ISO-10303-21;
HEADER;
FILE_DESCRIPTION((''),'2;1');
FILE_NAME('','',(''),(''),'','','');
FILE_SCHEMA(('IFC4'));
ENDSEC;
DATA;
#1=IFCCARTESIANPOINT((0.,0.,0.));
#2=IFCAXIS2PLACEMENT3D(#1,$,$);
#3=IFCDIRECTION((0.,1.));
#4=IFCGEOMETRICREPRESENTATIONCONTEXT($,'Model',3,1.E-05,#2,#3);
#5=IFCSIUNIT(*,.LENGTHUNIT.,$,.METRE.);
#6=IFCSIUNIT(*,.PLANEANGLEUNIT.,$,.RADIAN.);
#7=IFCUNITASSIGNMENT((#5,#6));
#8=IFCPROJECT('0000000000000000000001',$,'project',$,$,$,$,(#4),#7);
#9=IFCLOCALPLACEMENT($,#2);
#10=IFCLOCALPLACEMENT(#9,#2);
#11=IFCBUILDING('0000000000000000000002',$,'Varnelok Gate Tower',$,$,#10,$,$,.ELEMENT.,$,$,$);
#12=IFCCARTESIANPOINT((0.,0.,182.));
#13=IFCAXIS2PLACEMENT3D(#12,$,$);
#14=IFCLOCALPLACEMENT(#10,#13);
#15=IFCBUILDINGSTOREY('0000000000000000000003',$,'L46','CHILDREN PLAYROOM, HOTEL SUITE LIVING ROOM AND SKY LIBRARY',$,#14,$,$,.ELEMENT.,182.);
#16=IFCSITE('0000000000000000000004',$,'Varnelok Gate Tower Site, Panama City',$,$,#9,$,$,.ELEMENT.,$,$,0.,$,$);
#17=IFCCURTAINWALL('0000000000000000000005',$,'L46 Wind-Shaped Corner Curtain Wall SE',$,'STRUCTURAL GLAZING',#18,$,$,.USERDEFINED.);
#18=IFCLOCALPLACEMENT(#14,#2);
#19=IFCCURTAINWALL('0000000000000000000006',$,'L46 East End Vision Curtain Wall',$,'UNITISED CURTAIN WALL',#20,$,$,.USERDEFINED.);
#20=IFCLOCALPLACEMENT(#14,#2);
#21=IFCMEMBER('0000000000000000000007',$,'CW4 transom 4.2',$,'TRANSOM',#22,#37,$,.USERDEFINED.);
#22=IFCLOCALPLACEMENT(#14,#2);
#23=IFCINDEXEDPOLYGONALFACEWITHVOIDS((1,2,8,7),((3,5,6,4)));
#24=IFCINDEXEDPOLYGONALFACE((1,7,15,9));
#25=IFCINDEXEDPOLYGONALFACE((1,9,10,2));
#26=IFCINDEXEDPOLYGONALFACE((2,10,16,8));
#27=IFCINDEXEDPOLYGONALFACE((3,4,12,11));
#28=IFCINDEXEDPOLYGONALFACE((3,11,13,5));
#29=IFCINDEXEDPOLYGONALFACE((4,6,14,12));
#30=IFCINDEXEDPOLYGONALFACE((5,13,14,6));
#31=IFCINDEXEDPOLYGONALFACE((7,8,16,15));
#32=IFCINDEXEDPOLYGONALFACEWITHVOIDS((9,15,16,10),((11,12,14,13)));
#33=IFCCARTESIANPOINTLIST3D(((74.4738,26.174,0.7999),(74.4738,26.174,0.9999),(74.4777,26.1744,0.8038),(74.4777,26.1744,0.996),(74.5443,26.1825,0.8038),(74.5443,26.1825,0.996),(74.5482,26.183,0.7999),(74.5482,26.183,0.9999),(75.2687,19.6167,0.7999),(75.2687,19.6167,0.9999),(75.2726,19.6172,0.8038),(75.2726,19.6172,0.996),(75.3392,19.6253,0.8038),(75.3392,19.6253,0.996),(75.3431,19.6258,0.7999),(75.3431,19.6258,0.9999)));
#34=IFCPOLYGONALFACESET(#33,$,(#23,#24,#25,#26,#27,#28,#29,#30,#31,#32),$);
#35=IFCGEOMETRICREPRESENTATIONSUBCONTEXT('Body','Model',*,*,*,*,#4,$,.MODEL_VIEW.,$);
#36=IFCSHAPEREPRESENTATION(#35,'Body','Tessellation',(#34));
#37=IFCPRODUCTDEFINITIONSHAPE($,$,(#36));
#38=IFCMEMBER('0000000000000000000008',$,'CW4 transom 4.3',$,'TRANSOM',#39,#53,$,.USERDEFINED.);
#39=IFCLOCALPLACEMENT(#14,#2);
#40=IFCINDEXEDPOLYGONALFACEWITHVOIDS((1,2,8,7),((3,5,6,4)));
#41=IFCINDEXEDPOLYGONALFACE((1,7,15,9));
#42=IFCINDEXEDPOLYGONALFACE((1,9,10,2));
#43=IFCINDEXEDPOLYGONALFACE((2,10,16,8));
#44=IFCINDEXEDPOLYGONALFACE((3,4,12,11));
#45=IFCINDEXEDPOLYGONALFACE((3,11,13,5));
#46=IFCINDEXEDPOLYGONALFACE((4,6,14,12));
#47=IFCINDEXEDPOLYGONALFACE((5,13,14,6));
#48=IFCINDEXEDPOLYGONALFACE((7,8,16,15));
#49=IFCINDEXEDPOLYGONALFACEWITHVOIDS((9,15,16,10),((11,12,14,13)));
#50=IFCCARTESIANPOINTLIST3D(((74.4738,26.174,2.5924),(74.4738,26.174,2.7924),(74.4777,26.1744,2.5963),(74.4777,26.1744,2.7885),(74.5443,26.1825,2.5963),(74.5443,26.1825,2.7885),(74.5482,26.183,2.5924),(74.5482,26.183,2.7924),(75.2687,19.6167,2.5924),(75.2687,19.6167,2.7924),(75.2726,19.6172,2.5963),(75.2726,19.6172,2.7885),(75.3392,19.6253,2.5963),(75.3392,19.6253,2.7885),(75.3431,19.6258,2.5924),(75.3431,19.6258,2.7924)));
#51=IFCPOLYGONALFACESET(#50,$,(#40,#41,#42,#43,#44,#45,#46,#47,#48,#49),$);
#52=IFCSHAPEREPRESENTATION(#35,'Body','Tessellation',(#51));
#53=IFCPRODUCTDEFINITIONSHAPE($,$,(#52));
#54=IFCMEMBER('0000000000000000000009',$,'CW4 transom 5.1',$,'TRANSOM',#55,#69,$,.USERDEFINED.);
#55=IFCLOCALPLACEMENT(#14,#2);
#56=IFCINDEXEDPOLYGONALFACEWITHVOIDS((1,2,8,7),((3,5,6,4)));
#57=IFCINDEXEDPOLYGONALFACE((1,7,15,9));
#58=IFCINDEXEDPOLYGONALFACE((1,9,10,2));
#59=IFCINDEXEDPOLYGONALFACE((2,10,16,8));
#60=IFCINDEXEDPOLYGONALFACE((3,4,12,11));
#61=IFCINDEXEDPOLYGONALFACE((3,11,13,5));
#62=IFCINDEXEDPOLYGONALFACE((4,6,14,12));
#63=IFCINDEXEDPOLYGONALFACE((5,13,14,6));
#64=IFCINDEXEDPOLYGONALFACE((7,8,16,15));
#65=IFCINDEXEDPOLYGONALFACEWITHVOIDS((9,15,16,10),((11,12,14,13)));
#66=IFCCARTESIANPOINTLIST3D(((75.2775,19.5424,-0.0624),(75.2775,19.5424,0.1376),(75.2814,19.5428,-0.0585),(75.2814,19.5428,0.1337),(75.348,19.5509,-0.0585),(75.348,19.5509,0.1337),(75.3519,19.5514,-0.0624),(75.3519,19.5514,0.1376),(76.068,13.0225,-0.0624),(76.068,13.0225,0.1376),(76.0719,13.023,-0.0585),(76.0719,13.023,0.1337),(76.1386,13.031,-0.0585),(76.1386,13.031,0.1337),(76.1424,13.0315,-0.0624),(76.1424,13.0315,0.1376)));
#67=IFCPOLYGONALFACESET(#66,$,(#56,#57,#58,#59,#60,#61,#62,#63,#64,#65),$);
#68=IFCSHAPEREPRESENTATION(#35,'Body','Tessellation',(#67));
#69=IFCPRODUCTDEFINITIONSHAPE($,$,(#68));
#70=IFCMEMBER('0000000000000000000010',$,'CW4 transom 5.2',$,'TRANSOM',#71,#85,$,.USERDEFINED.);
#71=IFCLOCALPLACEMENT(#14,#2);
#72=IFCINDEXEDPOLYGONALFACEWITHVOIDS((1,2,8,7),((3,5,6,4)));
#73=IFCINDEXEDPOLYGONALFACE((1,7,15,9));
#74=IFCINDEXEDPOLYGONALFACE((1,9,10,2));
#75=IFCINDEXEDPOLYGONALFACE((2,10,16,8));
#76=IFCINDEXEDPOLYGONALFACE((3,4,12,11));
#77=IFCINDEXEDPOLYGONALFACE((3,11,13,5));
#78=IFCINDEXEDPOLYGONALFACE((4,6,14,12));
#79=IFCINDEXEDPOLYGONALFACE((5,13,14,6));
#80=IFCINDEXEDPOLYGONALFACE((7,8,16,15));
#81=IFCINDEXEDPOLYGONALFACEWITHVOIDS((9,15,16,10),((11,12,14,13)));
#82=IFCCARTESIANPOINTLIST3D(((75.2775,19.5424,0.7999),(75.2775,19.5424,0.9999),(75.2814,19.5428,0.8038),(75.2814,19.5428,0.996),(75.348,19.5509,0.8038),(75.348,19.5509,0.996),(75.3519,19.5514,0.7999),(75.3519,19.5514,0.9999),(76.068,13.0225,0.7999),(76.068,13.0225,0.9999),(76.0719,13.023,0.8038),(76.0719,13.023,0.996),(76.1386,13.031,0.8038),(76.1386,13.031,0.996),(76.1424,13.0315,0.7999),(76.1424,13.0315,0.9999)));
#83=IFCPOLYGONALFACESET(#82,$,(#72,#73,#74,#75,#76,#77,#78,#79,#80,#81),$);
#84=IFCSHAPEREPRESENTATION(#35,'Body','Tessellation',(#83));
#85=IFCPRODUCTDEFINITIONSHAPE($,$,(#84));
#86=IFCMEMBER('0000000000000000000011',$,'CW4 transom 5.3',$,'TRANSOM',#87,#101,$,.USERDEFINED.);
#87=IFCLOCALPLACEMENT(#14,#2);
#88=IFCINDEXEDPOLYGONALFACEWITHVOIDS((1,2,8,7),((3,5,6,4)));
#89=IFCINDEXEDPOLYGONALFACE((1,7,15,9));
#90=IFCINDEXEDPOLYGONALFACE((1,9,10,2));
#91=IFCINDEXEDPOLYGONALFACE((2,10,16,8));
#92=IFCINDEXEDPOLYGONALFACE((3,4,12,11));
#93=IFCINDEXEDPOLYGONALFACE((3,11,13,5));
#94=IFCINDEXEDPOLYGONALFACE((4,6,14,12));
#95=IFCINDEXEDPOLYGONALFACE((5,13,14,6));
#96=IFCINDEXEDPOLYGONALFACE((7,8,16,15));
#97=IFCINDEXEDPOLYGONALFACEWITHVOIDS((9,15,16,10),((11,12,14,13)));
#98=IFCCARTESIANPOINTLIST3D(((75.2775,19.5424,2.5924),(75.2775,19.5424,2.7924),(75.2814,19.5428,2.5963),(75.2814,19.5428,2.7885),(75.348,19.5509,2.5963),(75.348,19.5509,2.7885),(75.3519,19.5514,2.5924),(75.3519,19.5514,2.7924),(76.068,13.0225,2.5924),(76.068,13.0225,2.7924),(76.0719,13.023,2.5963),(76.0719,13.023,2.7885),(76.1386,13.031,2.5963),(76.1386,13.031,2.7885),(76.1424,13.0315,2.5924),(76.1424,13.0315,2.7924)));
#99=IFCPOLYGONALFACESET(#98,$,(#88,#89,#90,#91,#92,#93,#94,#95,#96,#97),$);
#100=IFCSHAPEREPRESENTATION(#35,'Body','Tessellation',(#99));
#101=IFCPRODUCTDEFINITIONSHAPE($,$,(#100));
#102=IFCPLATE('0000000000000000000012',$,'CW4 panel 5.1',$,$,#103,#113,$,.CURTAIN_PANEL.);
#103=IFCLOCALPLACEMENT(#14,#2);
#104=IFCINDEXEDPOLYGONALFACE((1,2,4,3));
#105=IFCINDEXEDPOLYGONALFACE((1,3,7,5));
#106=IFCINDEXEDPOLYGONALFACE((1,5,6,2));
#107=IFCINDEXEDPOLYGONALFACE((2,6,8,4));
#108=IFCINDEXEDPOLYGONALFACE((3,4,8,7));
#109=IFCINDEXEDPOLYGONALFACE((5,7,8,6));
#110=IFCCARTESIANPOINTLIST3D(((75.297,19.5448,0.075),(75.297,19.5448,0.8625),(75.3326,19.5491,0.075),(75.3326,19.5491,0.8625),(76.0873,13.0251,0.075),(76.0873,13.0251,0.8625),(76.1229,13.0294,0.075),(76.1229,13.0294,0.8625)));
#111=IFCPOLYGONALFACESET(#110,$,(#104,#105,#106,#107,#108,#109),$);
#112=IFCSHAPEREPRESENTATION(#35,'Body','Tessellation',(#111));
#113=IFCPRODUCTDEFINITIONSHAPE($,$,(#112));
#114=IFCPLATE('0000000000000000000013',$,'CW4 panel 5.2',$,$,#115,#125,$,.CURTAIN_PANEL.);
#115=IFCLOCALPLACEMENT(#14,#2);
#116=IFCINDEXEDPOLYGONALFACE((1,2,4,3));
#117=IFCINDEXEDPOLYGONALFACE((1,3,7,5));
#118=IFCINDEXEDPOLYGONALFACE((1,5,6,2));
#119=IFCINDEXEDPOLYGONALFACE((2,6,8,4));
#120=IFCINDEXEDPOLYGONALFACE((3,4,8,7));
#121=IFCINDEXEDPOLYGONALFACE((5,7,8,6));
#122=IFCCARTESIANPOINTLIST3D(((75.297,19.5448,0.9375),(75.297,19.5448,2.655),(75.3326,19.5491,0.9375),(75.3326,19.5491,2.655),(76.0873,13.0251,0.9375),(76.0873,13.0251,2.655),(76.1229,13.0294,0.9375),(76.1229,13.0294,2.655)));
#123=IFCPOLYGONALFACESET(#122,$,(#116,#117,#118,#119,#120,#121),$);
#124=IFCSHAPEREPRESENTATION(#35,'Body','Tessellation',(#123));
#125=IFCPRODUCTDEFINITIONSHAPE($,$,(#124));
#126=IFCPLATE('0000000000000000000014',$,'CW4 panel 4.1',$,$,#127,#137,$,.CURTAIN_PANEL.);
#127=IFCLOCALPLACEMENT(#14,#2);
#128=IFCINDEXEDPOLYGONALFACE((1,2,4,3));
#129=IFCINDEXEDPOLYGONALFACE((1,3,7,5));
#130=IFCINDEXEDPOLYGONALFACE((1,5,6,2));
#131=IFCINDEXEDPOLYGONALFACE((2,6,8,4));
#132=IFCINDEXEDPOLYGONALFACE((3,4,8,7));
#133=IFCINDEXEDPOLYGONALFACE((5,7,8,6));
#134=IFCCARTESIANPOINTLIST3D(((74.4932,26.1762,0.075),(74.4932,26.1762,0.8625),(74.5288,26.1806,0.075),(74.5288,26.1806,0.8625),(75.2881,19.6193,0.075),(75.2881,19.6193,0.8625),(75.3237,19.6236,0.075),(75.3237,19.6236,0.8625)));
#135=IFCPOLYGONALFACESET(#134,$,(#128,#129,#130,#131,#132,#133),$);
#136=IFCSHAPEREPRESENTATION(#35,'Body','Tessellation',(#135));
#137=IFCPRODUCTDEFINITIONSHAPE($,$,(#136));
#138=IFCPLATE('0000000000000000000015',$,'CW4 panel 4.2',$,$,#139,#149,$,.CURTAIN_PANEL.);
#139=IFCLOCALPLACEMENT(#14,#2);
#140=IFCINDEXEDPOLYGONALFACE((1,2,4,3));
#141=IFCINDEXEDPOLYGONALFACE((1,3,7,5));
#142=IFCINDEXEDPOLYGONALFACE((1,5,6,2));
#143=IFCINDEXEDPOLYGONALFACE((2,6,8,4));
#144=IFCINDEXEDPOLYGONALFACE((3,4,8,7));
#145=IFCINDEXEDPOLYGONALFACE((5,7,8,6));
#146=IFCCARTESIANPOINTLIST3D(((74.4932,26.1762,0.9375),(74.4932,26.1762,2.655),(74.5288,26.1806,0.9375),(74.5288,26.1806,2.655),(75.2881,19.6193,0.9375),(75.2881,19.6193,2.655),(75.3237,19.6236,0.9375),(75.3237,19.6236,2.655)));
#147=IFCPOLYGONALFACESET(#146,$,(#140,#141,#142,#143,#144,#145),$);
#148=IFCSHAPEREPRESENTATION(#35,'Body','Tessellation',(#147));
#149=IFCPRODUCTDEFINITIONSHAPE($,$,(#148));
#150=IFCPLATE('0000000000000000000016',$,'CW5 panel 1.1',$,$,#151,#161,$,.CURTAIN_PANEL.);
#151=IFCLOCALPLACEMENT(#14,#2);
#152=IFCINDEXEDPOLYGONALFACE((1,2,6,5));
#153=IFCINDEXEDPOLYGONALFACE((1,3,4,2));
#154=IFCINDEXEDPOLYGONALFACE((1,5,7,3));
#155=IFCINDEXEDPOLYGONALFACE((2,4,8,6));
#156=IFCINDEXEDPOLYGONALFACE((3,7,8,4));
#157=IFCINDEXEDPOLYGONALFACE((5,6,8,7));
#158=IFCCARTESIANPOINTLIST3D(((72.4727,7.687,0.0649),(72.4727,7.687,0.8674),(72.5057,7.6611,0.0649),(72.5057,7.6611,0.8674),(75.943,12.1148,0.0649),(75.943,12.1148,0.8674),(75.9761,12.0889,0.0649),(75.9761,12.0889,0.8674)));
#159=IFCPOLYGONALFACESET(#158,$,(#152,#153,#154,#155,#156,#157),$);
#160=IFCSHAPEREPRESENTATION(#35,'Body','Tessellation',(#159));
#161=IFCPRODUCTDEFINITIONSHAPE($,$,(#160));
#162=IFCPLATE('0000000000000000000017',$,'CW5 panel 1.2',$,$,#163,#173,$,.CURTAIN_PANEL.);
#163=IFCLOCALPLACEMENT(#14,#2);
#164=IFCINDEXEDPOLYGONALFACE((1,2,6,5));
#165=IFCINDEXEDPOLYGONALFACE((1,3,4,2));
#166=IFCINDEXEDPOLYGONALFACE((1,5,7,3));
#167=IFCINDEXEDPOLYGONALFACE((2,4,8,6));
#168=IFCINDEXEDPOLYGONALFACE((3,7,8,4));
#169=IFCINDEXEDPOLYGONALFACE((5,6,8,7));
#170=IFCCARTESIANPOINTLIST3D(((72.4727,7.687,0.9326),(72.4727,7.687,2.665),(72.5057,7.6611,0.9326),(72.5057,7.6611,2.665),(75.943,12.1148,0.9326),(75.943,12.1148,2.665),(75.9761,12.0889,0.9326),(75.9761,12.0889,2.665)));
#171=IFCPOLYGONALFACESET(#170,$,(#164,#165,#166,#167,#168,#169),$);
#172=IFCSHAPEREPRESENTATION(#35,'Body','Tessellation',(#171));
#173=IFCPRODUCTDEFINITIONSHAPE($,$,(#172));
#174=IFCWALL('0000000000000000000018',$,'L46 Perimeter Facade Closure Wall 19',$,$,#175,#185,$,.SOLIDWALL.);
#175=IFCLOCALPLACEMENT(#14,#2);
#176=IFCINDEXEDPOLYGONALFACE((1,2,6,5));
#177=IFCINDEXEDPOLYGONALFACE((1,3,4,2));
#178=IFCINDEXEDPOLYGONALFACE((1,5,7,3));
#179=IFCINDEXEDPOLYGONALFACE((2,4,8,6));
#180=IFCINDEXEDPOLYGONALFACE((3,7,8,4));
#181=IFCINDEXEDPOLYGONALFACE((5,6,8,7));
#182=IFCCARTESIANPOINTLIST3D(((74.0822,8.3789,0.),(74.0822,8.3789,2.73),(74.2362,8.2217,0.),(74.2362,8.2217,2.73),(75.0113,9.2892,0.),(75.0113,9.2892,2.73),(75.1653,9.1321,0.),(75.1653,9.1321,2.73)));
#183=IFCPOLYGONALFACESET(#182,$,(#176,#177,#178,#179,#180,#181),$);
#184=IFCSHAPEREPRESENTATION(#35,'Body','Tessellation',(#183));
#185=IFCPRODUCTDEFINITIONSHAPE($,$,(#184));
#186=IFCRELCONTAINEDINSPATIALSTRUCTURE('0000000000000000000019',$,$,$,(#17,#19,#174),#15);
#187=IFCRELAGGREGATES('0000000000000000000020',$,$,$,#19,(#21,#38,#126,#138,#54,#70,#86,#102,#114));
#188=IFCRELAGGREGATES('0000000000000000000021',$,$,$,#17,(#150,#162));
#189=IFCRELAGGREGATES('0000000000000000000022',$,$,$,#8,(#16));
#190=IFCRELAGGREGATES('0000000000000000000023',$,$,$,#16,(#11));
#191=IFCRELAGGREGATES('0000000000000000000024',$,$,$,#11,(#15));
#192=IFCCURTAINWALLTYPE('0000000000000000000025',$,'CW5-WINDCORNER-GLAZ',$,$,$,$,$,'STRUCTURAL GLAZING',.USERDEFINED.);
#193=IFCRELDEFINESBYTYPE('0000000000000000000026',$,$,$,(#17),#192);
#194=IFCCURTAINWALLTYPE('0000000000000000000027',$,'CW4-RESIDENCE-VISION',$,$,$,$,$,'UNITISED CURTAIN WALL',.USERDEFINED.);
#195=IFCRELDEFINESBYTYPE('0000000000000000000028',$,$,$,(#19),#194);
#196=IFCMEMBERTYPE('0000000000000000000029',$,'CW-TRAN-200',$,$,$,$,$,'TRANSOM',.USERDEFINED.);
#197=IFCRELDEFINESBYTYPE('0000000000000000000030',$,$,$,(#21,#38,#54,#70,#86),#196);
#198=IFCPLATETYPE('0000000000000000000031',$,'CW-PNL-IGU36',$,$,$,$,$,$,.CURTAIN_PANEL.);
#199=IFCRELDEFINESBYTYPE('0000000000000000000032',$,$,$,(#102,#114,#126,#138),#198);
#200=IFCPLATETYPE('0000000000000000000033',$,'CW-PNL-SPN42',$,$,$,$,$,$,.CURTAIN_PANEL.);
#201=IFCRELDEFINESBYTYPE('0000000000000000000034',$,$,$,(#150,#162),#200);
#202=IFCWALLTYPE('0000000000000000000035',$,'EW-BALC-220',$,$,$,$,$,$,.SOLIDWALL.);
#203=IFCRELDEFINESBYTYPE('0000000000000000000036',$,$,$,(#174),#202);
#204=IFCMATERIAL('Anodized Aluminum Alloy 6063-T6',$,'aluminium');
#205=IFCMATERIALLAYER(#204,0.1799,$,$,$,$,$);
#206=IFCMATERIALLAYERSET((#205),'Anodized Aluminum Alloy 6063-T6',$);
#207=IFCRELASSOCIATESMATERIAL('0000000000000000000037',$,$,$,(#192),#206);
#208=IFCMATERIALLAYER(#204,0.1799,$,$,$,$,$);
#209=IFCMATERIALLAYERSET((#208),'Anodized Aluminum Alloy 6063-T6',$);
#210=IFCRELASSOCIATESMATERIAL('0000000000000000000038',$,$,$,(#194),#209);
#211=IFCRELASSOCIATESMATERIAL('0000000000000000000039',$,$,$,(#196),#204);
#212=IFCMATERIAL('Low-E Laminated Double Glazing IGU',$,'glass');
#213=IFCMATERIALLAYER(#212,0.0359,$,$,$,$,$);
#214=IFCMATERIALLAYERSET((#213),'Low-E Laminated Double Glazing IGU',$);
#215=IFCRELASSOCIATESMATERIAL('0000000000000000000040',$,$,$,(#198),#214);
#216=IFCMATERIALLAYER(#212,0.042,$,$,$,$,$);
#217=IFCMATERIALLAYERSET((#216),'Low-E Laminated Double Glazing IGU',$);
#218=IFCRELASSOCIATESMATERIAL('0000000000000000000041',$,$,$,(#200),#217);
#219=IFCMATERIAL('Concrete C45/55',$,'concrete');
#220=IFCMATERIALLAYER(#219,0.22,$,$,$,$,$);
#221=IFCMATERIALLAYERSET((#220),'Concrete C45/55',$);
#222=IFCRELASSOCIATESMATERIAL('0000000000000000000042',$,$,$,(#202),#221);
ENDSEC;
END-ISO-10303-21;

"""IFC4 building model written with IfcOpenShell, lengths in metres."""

from ifc_helpers import new_model, si_unit, direction, frame, frame_2d, origin, origin_2d, place, context, subcontext, project, spatial, rectangle, hollow_rectangle, extrude, source, transform, mapped, material, layer, layer_set, material_profile, profile_set, type_object, element, aggregate, save


model = new_model("IFC4")

# Units and contexts
model_context = context("Model", 3, precision=1e-05, world=origin(), true_north=direction((0.0, 1.0)))
body_context = subcontext(model_context, "Body", "Model", "MODEL_VIEW")
ifc_project = project(units=[si_unit("LENGTHUNIT", "METRE"), si_unit("PLANEANGLEUNIT", "RADIAN")], contexts=[model_context])

# Site, building, storey
site_placement = place(None, origin())
site = spatial("IfcSite", under=ifc_project, at=site_placement, Name="Varnelok Gate Tower Site, Panama City", CompositionType="ELEMENT", RefElevation=0.0)
building_placement = place(site_placement, origin())
building = spatial("IfcBuilding", under=site, at=building_placement, Name="Varnelok Gate Tower", CompositionType="ELEMENT")
storey_placement = place(building_placement, frame((0.0, 0.0, 182.0)))
storey = spatial("IfcBuildingStorey", under=building, at=storey_placement, Name="L46", Description="CHILDREN PLAYROOM, HOTEL SUITE LIVING ROOM AND SKY LIBRARY", CompositionType="ELEMENT", Elevation=182.0)

# Curtain wall
ifc_material_1 = material(Name="Anodized Aluminum Alloy 6063-T6", Category="aluminium")
ifc_layer_1 = layer(ifc_material_1, 0.1799)
ifc_layer_set_1 = layer_set([ifc_layer_1], Name="Anodized Aluminum Alloy 6063-T6")
curtain_wall_type_1 = type_object("IfcCurtainWallType", Name="CW5-WINDCORNER-GLAZ", ElementType="STRUCTURAL GLAZING", PredefinedType="USERDEFINED", material=ifc_layer_set_1)
curtain_wall_1_placement = place(storey_placement, origin())
curtain_wall_1 = element("IfcCurtainWall", 1, at=curtain_wall_1_placement, inside=storey, type_object=curtain_wall_type_1, Name="L46 Wind-Shaped Corner Curtain Wall SE", ObjectType="STRUCTURAL GLAZING", PredefinedType="USERDEFINED")

# Curtain wall, members, plates
ifc_layer_2 = layer(ifc_material_1, 0.1799)
ifc_layer_set_2 = layer_set([ifc_layer_2], Name="Anodized Aluminum Alloy 6063-T6")
curtain_wall_type_2 = type_object("IfcCurtainWallType", Name="CW4-RESIDENCE-VISION", ElementType="UNITISED CURTAIN WALL", PredefinedType="USERDEFINED", material=ifc_layer_set_2)
curtain_wall_2_placement = place(storey_placement, origin())
curtain_wall_2 = element("IfcCurtainWall", 2, at=curtain_wall_2_placement, inside=storey, type_object=curtain_wall_type_2, Name="L46 East End Vision Curtain Wall", ObjectType="UNITISED CURTAIN WALL", PredefinedType="USERDEFINED")
ifc_material_profile_1 = material_profile(ifc_material_1, hollow_rectangle(XDim=0.075, YDim=0.2, WallThickness=0.0039, at=origin_2d()), Name="ALU200X75X4")
ifc_profile_set_1 = profile_set([ifc_material_profile_1], Name="Anodized Aluminum Alloy 6063-T6")
member_type_1 = type_object("IfcMemberType", Name="CW-TRAN-200", ElementType="TRANSOM", PredefinedType="USERDEFINED", material=ifc_profile_set_1)
member_1_placement = place(storey_placement, frame((74.511, 26.1785, 0.8999), z_axis=(0.120349, -0.992732, 0.0), x_axis=(0.992732, 0.120349, 0.0)))
member_1 = element("IfcMember", 3, at=member_1_placement, type_object=member_type_1, Name="CW4 transom 4.2", ObjectType="TRANSOM", PredefinedType="USERDEFINED", context=body_context, shape_type="SweptSolid", body=[
    extrude(hollow_rectangle(XDim=0.075, YDim=0.2, WallThickness=0.0039, at=origin_2d()), origin(), (0.0, 0.0, 1.0), 6.6052),
])
member_2_placement = place(storey_placement, frame((74.511, 26.1785, 2.6924), z_axis=(0.120349, -0.992732, 0.0), x_axis=(0.992732, 0.120349, 0.0)))
member_2 = element("IfcMember", 4, at=member_2_placement, type_object=member_type_1, Name="CW4 transom 4.3", ObjectType="TRANSOM", PredefinedType="USERDEFINED", context=body_context, shape_type="SweptSolid", body=[
    extrude(hollow_rectangle(XDim=0.075, YDim=0.2, WallThickness=0.0039, at=origin_2d()), origin(), (0.0, 0.0, 1.0), 6.6052),
])
member_3_placement = place(storey_placement, frame((75.3147, 19.5469, 0.0376), z_axis=(0.120369, -0.992729, 0.0), x_axis=(0.992729, 0.120369, 0.0)))
member_3 = element("IfcMember", 5, at=member_3_placement, type_object=member_type_1, Name="CW4 transom 5.1", ObjectType="TRANSOM", PredefinedType="USERDEFINED", context=body_context, shape_type="SweptSolid", body=[
    extrude(hollow_rectangle(XDim=0.075, YDim=0.2, WallThickness=0.0039, at=origin_2d()), origin(), (0.0, 0.0, 1.0), 6.5676),
])
member_4_placement = place(storey_placement, frame((75.3147, 19.5469, 0.8999), z_axis=(0.120369, -0.992729, 0.0), x_axis=(0.992729, 0.120369, 0.0)))
member_4 = element("IfcMember", 6, at=member_4_placement, type_object=member_type_1, Name="CW4 transom 5.2", ObjectType="TRANSOM", PredefinedType="USERDEFINED", context=body_context, shape_type="SweptSolid", body=[
    extrude(hollow_rectangle(XDim=0.075, YDim=0.2, WallThickness=0.0039, at=origin_2d()), origin(), (0.0, 0.0, 1.0), 6.5676),
])
member_5_placement = place(storey_placement, frame((75.3147, 19.5469, 2.6924), z_axis=(0.120369, -0.992729, 0.0), x_axis=(0.992729, 0.120369, 0.0)))
member_5 = element("IfcMember", 7, at=member_5_placement, type_object=member_type_1, Name="CW4 transom 5.3", ObjectType="TRANSOM", PredefinedType="USERDEFINED", context=body_context, shape_type="SweptSolid", body=[
    extrude(hollow_rectangle(XDim=0.075, YDim=0.2, WallThickness=0.0039, at=origin_2d()), origin(), (0.0, 0.0, 1.0), 6.5676),
])
ifc_material_2 = material(Name="Low-E Laminated Double Glazing IGU", Category="glass")
ifc_layer_3 = layer(ifc_material_2, 0.0359)
ifc_layer_set_3 = layer_set([ifc_layer_3], Name="Low-E Laminated Double Glazing IGU")
plate_type_1 = type_object("IfcPlateType", Name="CW-PNL-IGU36", PredefinedType="CURTAIN_PANEL", material=ifc_layer_set_3)
shared_shape_1 = source(origin(), body_context, "Body", "SweptSolid", [
    extrude(rectangle(XDim=6.5674, YDim=0.0359, at=origin_2d()), origin(), (0.0, 0.0, 1.0), 0.7876),
])
plate_1_placement = place(storey_placement, frame((75.71, 16.2871, 0.075), z_axis=(0.0, 0.0, 1.0), x_axis=(0.120345, -0.992732, 0.0)))
plate_1 = element("IfcPlate", 8, at=plate_1_placement, type_object=plate_type_1, Name="CW4 panel 5.1", PredefinedType="CURTAIN_PANEL", context=body_context, shape_type="MappedRepresentation", body=[
    mapped(shared_shape_1, transform((0.0, 0.0, 0.0), scale=1.0)),
])
shared_shape_2 = source(origin(), body_context, "Body", "SweptSolid", [
    extrude(rectangle(XDim=6.5674, YDim=0.0359, at=origin_2d()), origin(), (0.0, 0.0, 1.0), 1.7175),
])
plate_2_placement = place(storey_placement, frame((75.71, 16.2871, 0.9375), z_axis=(0.0, 0.0, 1.0), x_axis=(0.120345, -0.992732, 0.0)))
plate_2 = element("IfcPlate", 9, at=plate_2_placement, type_object=plate_type_1, Name="CW4 panel 5.2", PredefinedType="CURTAIN_PANEL", context=body_context, shape_type="MappedRepresentation", body=[
    mapped(shared_shape_2, transform((0.0, 0.0, 0.0), scale=1.0)),
])
shared_shape_3 = source(origin(), body_context, "Body", "SweptSolid", [
    extrude(rectangle(XDim=6.605, YDim=0.0359, at=origin_2d()), origin(), (0.0, 0.0, 1.0), 0.7876),
])
plate_3_placement = place(storey_placement, frame((74.9084, 22.8999, 0.075), z_axis=(0.0, 0.0, 1.0), x_axis=(0.120345, -0.992732, 0.0)))
plate_3 = element("IfcPlate", 10, at=plate_3_placement, type_object=plate_type_1, Name="CW4 panel 4.1", PredefinedType="CURTAIN_PANEL", context=body_context, shape_type="MappedRepresentation", body=[
    mapped(shared_shape_3, transform((0.0, 0.0, 0.0), scale=1.0)),
])
shared_shape_4 = source(origin(), body_context, "Body", "SweptSolid", [
    extrude(rectangle(XDim=6.605, YDim=0.0359, at=origin_2d()), origin(), (0.0, 0.0, 1.0), 1.7175),
])
plate_4_placement = place(storey_placement, frame((74.9084, 22.8999, 0.9375), z_axis=(0.0, 0.0, 1.0), x_axis=(0.120345, -0.992732, 0.0)))
plate_4 = element("IfcPlate", 11, at=plate_4_placement, type_object=plate_type_1, Name="CW4 panel 4.2", PredefinedType="CURTAIN_PANEL", context=body_context, shape_type="MappedRepresentation", body=[
    mapped(shared_shape_4, transform((0.0, 0.0, 0.0), scale=1.0)),
])
aggregate(curtain_wall_2, [member_1, member_2, plate_3, plate_4, member_3, member_4, member_5, plate_1, plate_2])

# Plates
ifc_layer_4 = layer(ifc_material_2, 0.042)
ifc_layer_set_4 = layer_set([ifc_layer_4], Name="Low-E Laminated Double Glazing IGU")
plate_type_2 = type_object("IfcPlateType", Name="CW-PNL-SPN42", PredefinedType="CURTAIN_PANEL", material=ifc_layer_set_4)
shared_shape_5 = source(origin(), body_context, "Body", "SweptSolid", [
    extrude(rectangle(XDim=5.6257, YDim=0.042, at=origin_2d()), origin(), (0.0, 0.0, 1.0), 0.8025),
])
plate_5_placement = place(storey_placement, frame((74.2244, 9.8879, 0.0649), z_axis=(0.0, 0.0, 1.0), x_axis=(0.616871, 0.787064, 0.0)))
plate_5 = element("IfcPlate", 12, at=plate_5_placement, type_object=plate_type_2, Name="CW5 panel 1.1", PredefinedType="CURTAIN_PANEL", context=body_context, shape_type="MappedRepresentation", body=[
    mapped(shared_shape_5, transform((0.0, 0.0, 0.0), scale=1.0)),
])
shared_shape_6 = source(origin(), body_context, "Body", "SweptSolid", [
    extrude(rectangle(XDim=5.6257, YDim=0.042, at=origin_2d()), origin(), (0.0, 0.0, 1.0), 1.7324),
])
plate_6_placement = place(storey_placement, frame((74.2244, 9.8879, 0.9326), z_axis=(0.0, 0.0, 1.0), x_axis=(0.616871, 0.787064, 0.0)))
plate_6 = element("IfcPlate", 13, at=plate_6_placement, type_object=plate_type_2, Name="CW5 panel 1.2", PredefinedType="CURTAIN_PANEL", context=body_context, shape_type="MappedRepresentation", body=[
    mapped(shared_shape_6, transform((0.0, 0.0, 0.0), scale=1.0)),
])
aggregate(curtain_wall_1, [plate_5, plate_6])

# Wall
ifc_material_3 = material(Name="Concrete C45/55", Category="concrete")
ifc_layer_5 = layer(ifc_material_3, 0.22)
ifc_layer_set_5 = layer_set([ifc_layer_5], Name="Concrete C45/55")
wall_type = type_object("IfcWallType", Name="EW-BALC-220", PredefinedType="SOLIDWALL", material=ifc_layer_set_5)
for number, where, z_axis, x_axis, name in (
    (14, (74.1592, 8.3003, 0.0), (0.0, 0.0, 1.0), (0.714295, 0.699844, 0.0), "L46 Perimeter Facade Closure Wall 19"),
):
    element("IfcWall", number, at=place(storey_placement, frame(where, z_axis=z_axis, x_axis=x_axis)), inside=storey, type_object=wall_type, Name=name, PredefinedType="SOLIDWALL", context=body_context, shape_type="SweptSolid", body=[
        extrude(rectangle(XDim=1.3008, YDim=0.22, at=frame_2d((0.6504, 0.0))), origin(), (0.0, 0.0, 1.0), 2.73),
    ])

save(model, "model.ifc")
